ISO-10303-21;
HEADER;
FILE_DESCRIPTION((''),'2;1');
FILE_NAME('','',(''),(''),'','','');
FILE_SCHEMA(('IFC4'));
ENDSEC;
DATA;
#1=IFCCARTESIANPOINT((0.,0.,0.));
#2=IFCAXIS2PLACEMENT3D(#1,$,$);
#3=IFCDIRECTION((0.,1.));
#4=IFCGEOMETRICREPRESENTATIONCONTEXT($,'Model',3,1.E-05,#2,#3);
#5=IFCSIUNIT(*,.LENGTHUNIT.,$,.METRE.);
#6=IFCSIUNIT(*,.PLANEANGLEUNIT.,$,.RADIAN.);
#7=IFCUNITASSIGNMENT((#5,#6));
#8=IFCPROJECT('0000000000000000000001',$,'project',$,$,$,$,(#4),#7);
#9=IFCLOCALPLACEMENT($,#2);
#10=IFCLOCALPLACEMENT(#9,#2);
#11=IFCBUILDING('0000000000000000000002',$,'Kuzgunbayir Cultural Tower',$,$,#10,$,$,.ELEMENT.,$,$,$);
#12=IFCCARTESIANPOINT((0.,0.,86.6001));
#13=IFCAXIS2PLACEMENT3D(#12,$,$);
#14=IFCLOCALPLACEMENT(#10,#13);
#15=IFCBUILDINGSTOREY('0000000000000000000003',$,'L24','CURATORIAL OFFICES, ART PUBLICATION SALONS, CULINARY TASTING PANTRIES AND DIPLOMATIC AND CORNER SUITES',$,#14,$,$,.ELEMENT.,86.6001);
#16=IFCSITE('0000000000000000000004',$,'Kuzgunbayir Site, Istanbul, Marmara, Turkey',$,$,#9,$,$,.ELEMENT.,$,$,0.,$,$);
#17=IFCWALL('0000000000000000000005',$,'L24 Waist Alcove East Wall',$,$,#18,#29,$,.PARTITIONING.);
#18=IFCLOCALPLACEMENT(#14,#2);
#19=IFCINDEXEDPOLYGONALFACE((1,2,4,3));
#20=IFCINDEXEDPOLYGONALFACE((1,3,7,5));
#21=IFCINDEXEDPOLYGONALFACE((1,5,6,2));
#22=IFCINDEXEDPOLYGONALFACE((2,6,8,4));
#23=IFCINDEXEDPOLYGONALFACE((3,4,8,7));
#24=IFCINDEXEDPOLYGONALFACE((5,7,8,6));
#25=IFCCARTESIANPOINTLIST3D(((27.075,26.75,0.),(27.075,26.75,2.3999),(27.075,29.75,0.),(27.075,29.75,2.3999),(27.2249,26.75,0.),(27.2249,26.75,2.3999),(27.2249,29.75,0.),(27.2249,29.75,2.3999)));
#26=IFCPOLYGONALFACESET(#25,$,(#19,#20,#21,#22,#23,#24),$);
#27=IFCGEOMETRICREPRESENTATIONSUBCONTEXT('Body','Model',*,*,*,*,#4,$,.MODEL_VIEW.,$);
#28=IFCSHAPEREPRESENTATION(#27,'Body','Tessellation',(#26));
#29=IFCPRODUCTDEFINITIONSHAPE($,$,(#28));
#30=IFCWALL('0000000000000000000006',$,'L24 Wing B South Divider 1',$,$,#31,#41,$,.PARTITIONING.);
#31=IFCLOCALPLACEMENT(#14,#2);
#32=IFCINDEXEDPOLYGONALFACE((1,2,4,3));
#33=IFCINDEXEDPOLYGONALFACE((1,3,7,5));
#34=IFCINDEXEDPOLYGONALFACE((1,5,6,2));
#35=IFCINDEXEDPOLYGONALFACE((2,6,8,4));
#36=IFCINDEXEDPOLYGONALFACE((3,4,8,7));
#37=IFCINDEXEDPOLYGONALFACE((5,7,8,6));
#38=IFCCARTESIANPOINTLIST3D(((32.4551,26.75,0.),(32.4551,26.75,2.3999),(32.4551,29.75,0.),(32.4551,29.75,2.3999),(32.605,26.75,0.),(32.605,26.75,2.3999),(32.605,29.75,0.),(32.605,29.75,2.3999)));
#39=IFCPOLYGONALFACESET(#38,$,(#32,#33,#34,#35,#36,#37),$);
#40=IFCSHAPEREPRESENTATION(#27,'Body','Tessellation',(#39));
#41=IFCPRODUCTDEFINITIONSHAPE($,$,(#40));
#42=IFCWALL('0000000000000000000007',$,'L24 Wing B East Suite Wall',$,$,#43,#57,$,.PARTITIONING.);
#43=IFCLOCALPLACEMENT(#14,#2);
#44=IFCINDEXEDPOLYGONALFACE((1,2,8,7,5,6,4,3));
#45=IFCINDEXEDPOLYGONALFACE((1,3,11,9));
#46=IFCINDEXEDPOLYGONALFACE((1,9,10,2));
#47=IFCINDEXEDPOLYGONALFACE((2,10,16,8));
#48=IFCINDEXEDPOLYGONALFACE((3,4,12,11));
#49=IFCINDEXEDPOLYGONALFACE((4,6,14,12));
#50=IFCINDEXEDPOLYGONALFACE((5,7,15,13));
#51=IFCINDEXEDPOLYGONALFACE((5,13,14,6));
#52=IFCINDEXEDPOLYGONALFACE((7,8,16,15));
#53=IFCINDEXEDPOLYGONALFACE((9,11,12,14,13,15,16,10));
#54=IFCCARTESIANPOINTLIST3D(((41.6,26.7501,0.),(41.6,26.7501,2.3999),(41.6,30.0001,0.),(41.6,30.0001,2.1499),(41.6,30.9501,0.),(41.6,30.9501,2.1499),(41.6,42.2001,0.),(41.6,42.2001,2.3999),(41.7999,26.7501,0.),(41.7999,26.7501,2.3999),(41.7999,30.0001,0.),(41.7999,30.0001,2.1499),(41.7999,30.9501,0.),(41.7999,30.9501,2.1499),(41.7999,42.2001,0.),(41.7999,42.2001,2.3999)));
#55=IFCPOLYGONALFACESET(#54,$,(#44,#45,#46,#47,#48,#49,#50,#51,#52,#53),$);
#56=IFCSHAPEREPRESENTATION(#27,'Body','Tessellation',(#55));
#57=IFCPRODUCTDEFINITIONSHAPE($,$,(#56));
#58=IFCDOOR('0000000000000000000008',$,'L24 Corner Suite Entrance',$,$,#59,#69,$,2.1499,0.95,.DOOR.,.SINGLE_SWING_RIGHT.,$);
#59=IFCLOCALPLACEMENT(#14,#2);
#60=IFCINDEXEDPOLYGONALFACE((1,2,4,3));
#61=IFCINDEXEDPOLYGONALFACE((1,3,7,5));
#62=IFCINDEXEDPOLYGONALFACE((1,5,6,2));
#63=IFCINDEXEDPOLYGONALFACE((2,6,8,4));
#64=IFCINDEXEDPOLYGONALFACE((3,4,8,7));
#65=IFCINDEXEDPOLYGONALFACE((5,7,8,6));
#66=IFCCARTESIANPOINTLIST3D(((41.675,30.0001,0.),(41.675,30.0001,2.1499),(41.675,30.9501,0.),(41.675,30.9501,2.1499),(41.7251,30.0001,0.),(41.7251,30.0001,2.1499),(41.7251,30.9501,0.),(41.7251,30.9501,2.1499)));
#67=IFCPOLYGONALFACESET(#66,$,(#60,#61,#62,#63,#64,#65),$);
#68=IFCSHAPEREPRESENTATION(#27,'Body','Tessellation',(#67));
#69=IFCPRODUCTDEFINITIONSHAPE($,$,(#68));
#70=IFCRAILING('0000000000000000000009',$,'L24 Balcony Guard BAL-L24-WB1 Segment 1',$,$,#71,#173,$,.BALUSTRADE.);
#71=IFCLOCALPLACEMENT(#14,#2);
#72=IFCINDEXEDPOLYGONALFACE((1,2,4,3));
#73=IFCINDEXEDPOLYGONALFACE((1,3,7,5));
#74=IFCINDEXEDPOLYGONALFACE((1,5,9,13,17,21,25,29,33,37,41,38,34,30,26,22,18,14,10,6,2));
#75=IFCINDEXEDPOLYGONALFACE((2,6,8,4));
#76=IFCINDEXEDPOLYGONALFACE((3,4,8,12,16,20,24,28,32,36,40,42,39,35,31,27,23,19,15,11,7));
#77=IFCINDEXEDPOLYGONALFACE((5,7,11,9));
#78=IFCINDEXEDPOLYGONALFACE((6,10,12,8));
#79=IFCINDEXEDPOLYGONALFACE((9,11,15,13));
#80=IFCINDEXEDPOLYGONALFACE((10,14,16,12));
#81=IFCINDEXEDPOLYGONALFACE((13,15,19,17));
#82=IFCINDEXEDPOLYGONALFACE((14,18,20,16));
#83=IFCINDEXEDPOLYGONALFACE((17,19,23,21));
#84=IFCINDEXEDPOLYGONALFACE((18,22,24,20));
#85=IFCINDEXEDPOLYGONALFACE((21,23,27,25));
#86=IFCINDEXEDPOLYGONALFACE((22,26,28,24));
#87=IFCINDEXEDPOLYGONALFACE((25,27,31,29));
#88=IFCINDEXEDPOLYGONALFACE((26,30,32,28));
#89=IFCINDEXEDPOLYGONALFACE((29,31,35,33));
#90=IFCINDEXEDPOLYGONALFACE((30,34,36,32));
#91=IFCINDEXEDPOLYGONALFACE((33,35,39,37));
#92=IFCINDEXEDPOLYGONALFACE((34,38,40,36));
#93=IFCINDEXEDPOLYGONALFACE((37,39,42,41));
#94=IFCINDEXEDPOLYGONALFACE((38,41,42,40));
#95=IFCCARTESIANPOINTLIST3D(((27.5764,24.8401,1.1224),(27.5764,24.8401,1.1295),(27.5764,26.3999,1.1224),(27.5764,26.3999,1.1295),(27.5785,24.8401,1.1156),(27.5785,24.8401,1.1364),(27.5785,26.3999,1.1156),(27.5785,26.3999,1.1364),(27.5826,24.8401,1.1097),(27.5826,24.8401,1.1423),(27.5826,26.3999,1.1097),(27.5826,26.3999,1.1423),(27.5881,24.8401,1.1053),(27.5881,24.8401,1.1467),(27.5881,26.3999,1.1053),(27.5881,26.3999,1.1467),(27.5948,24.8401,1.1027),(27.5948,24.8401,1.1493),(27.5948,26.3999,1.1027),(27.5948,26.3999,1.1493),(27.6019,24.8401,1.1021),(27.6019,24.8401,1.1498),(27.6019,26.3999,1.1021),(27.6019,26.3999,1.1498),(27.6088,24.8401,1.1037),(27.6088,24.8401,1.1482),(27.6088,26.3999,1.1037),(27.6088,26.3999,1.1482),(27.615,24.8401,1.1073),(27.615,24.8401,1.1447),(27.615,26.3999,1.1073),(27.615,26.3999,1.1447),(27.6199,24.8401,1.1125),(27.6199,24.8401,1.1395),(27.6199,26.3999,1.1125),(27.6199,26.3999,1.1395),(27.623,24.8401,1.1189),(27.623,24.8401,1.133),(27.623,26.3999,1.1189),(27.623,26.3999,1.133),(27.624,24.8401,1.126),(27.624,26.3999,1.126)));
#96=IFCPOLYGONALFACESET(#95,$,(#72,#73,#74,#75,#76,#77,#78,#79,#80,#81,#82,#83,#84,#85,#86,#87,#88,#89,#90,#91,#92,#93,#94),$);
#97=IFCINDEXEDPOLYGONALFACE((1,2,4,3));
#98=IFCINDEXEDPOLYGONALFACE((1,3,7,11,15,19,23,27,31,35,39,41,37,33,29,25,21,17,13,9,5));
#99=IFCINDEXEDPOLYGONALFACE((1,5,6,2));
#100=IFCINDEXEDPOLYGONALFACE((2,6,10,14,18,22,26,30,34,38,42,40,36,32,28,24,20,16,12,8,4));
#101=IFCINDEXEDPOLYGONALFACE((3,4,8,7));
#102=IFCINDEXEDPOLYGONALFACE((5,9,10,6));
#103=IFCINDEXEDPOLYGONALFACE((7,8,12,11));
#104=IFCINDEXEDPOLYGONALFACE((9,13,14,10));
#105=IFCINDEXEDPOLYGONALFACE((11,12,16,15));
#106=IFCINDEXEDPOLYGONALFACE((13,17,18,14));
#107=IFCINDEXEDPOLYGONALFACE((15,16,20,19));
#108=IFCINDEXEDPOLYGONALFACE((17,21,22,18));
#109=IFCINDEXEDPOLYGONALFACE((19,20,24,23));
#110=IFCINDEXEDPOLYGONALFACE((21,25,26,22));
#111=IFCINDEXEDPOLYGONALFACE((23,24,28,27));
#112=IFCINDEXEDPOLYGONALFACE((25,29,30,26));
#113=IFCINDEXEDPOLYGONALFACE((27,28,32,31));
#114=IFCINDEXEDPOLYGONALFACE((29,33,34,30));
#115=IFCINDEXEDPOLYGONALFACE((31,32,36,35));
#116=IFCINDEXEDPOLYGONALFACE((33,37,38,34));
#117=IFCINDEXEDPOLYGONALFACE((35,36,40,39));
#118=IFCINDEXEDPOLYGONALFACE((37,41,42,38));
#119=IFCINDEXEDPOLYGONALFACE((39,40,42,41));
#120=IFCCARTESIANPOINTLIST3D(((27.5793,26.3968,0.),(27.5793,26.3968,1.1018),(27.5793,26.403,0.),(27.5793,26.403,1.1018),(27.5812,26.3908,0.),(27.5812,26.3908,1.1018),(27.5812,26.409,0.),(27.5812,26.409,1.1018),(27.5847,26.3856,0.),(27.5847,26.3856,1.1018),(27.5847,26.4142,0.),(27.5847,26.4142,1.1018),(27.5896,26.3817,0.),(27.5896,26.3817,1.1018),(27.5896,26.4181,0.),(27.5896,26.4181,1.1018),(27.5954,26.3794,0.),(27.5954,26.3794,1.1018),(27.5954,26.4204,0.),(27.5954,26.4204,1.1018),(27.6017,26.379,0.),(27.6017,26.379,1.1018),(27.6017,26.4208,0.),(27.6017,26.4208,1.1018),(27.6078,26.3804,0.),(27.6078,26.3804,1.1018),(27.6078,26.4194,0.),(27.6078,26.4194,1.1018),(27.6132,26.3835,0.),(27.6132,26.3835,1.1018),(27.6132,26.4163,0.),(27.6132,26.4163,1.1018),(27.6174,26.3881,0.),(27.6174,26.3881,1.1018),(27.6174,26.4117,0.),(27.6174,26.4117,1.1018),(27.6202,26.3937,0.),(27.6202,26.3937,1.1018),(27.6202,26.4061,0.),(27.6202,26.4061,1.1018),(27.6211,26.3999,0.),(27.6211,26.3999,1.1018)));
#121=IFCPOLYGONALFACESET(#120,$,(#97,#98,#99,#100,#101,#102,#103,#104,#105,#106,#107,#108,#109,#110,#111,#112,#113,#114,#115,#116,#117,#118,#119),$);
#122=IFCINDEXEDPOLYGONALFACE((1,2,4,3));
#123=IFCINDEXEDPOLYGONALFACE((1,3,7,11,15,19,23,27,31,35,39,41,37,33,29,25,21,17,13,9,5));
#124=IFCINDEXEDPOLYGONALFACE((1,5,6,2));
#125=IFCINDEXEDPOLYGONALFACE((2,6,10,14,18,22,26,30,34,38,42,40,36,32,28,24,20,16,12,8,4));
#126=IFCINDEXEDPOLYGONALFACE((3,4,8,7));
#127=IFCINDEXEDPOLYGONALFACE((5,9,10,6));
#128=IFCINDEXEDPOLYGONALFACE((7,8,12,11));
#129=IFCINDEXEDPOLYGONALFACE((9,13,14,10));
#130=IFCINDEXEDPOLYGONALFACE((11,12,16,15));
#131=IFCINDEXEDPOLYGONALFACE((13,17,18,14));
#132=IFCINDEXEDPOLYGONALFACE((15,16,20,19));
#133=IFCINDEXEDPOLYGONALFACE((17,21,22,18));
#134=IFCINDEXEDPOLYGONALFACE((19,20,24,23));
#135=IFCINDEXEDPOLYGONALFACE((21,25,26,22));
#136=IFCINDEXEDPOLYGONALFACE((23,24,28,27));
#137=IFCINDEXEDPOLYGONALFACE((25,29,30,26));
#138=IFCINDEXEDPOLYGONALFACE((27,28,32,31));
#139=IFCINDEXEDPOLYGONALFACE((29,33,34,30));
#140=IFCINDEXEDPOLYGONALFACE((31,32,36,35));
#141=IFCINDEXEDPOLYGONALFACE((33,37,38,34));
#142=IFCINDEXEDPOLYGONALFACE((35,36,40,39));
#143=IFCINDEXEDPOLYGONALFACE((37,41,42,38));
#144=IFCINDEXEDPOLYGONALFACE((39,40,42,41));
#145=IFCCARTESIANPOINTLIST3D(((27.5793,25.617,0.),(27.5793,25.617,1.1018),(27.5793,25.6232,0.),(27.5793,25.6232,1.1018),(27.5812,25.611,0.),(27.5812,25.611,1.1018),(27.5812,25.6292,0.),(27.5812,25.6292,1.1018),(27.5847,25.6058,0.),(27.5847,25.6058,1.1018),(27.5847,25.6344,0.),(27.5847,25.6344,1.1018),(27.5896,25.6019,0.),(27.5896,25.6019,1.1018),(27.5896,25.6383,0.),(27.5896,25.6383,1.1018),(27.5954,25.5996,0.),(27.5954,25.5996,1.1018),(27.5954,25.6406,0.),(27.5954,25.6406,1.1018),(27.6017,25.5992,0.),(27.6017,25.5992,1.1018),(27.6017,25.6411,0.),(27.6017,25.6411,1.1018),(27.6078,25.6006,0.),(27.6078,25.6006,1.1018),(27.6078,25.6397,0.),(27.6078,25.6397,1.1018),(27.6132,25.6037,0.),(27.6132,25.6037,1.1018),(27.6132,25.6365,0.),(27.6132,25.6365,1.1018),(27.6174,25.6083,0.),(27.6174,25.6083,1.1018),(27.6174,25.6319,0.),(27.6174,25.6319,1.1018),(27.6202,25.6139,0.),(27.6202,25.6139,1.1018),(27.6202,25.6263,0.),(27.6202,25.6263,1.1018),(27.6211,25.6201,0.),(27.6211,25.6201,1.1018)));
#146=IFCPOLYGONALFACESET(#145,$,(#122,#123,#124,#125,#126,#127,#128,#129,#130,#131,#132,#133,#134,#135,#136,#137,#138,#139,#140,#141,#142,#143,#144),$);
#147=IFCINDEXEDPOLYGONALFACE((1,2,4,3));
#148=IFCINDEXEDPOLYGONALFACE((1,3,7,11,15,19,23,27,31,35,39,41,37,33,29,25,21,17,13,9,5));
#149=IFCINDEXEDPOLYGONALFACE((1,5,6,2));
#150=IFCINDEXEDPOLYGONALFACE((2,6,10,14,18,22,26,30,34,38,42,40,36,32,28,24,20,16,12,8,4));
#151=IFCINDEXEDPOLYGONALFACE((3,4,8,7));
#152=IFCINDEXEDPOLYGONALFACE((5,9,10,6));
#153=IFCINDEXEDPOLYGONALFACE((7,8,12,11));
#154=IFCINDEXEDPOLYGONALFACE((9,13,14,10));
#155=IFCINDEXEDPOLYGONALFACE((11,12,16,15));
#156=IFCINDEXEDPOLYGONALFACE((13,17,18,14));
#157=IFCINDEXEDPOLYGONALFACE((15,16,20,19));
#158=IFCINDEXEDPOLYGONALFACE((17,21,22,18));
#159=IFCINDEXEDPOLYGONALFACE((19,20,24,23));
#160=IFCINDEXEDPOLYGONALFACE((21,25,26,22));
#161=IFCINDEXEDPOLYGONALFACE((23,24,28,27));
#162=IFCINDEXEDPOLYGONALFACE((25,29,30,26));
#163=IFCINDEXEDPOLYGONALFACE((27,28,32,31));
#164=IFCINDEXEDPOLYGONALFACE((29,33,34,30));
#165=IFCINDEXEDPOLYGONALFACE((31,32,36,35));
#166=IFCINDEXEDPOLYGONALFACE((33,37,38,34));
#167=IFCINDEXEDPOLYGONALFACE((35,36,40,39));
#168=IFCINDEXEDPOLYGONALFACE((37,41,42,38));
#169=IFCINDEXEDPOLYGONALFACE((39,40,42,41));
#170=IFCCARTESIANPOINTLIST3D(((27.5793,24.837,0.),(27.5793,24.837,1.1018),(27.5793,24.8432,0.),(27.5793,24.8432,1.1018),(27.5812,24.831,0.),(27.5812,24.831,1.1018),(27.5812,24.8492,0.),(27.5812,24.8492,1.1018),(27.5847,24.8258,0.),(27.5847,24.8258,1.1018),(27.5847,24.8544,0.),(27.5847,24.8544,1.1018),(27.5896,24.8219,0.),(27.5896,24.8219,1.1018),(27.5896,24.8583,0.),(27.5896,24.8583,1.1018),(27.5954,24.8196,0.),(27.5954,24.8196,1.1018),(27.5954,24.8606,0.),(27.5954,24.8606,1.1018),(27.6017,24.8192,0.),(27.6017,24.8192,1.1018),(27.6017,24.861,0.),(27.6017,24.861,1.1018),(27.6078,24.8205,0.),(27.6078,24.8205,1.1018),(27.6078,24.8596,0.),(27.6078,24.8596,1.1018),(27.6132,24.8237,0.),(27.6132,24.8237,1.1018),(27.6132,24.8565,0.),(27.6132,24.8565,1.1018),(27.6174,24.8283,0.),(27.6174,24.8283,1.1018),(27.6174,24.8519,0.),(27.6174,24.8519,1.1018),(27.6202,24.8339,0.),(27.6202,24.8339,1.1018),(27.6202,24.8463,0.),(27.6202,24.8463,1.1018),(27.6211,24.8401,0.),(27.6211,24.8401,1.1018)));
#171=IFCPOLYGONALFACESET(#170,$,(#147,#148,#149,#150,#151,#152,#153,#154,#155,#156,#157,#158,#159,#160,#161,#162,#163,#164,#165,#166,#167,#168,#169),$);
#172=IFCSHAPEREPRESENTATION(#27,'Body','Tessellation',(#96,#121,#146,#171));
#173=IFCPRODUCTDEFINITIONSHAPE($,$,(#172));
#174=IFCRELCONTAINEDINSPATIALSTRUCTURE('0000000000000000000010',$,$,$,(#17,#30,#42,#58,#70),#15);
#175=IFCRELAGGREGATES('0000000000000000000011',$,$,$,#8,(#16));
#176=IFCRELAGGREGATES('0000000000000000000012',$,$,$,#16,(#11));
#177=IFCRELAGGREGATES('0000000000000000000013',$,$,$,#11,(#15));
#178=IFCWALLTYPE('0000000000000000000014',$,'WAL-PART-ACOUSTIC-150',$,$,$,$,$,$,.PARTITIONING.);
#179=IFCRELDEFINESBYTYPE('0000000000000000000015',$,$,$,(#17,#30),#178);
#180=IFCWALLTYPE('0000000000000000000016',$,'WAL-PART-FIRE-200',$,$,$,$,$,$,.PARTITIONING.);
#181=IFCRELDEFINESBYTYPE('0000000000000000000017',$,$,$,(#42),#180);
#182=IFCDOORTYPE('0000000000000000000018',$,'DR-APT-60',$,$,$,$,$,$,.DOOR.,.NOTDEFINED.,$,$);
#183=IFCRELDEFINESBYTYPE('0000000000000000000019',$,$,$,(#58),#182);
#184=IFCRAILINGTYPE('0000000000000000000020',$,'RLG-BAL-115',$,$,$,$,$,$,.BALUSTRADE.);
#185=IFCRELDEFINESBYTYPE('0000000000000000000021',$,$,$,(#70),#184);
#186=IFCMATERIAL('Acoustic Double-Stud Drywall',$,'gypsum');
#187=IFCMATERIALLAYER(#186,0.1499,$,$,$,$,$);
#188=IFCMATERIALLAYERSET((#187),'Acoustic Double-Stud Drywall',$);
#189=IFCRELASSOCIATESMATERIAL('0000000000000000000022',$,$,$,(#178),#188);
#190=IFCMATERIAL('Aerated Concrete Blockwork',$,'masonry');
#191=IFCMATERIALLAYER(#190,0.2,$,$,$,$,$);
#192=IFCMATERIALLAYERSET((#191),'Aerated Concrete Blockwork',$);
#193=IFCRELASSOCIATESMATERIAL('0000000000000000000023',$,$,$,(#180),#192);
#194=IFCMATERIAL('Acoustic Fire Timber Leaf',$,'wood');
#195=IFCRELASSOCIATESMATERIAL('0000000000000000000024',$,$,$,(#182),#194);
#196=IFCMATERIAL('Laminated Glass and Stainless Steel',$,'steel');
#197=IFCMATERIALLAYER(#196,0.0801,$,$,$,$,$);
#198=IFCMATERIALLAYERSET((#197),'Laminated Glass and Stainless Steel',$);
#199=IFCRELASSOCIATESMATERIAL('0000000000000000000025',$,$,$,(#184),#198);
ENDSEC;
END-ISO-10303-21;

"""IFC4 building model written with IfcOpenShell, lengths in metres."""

from ifc_helpers import new_model, si_unit, direction, frame, frame_2d, origin, origin_2d, place, context, subcontext, project, spatial, rectangle, circle, extrude, material, layer, layer_set, type_object, element, fill, save


model = new_model("IFC4")

# Units and contexts
model_context = context("Model", 3, precision=1e-05, world=origin(), true_north=direction((0.0, 1.0)))
body_context = subcontext(model_context, "Body", "Model", "MODEL_VIEW")
ifc_project = project(units=[si_unit("LENGTHUNIT", "METRE"), si_unit("PLANEANGLEUNIT", "RADIAN")], contexts=[model_context])

# Site, building, storey
site_placement = place(None, origin())
site = spatial("IfcSite", under=ifc_project, at=site_placement, Name="Kuzgunbayir Site, Istanbul, Marmara, Turkey", CompositionType="ELEMENT", RefElevation=0.0)
building_placement = place(site_placement, origin())
building = spatial("IfcBuilding", under=site, at=building_placement, Name="Kuzgunbayir Cultural Tower", CompositionType="ELEMENT")
storey_placement = place(building_placement, frame((0.0, 0.0, 86.6001)))
storey = spatial("IfcBuildingStorey", under=building, at=storey_placement, Name="L24", Description="CURATORIAL OFFICES, ART PUBLICATION SALONS, CULINARY TASTING PANTRIES AND DIPLOMATIC AND CORNER SUITES", CompositionType="ELEMENT", Elevation=86.6001)

# Walls
ifc_material_1 = material(Name="Acoustic Double-Stud Drywall", Category="gypsum")
ifc_layer_1 = layer(ifc_material_1, 0.1499)
ifc_layer_set_1 = layer_set([ifc_layer_1], Name="Acoustic Double-Stud Drywall")
wall_type_1 = type_object("IfcWallType", Name="WAL-PART-ACOUSTIC-150", PredefinedType="PARTITIONING", material=ifc_layer_set_1)
for number, where, z_axis, x_axis, name in (
    (1, (27.1499, 26.75, 0.0), (0.0, 0.0, 1.0), (0.0, 1.0, 0.0), "L24 Waist Alcove East Wall"),
    (2, (32.53, 26.75, 0.0), (0.0, 0.0, 1.0), (0.0, 1.0, 0.0), "L24 Wing B South Divider 1"),
):
    element("IfcWall", number, at=place(storey_placement, frame(where, z_axis=z_axis, x_axis=x_axis)), inside=storey, type_object=wall_type_1, Name=name, PredefinedType="PARTITIONING", context=body_context, shape_type="SweptSolid", body=[
        extrude(rectangle(XDim=3.0, YDim=0.1499, at=frame_2d((1.5, 0.0))), origin(), (0.0, 0.0, 1.0), 2.3999),
    ])

# Wall, opening, door
ifc_material_2 = material(Name="Aerated Concrete Blockwork", Category="masonry")
ifc_layer_2 = layer(ifc_material_2, 0.2)
ifc_layer_set_2 = layer_set([ifc_layer_2], Name="Aerated Concrete Blockwork")
wall_type_2 = type_object("IfcWallType", Name="WAL-PART-FIRE-200", PredefinedType="PARTITIONING", material=ifc_layer_set_2)
wall_placement = place(storey_placement, frame((41.7, 26.75, 0.0), z_axis=(0.0, 0.0, 1.0), x_axis=(0.0, 1.0, 0.0)))
wall = element("IfcWall", 3, at=wall_placement, inside=storey, type_object=wall_type_2, Name="L24 Wing B East Suite Wall", PredefinedType="PARTITIONING", context=body_context, shape_type="SweptSolid", body=[
    extrude(rectangle(XDim=15.45, YDim=0.2, at=frame_2d((7.7251, 0.0))), origin(), (0.0, 0.0, 1.0), 2.3999),
])
opening_placement = place(wall_placement, frame((3.25, 0.0, 0.0)))
opening = element("IfcOpeningElement", 4, at=opening_placement, cuts=wall, PredefinedType="OPENING", context=body_context, shape_type="SweptSolid", body=[
    extrude(rectangle(XDim=0.95, YDim=2.1499, at=frame_2d((0.4751, 1.075))), frame((0.0, 0.1099, 0.0), z_axis=(0.0, -1.0, 0.0), x_axis=(1.0, 0.0, 0.0)), (0.0, 0.0, 1.0), 0.22),
])
ifc_material_3 = material(Name="Acoustic Fire Timber Leaf", Category="wood")
door_type = type_object("IfcDoorType", Name="DR-APT-60", OperationType="NOTDEFINED", PredefinedType="DOOR", material=ifc_material_3)
door_placement = place(opening_placement, origin())
door = element("IfcDoor", 5, at=door_placement, inside=storey, type_object=door_type, Name="L24 Corner Suite Entrance", OperationType="SINGLE_SWING_RIGHT", OverallHeight=2.1499, OverallWidth=0.95, PredefinedType="DOOR", context=body_context, shape_type="SweptSolid", body=[
    extrude(rectangle(XDim=0.95, YDim=2.1499, at=frame_2d((0.4751, 1.075))), frame((0.0, 0.0249, 0.0), z_axis=(0.0, -1.0, 0.0), x_axis=(1.0, 0.0, 0.0)), (0.0, 0.0, 1.0), 0.05),
])
fill(opening, door)

# Railing
ifc_material_4 = material(Name="Laminated Glass and Stainless Steel", Category="steel")
ifc_layer_3 = layer(ifc_material_4, 0.0801)
ifc_layer_set_3 = layer_set([ifc_layer_3], Name="Laminated Glass and Stainless Steel")
railing_type = type_object("IfcRailingType", Name="RLG-BAL-115", PredefinedType="BALUSTRADE", material=ifc_layer_set_3)
railing_1_placement = place(storey_placement, frame((27.6001, 26.3999, 0.0)))
element("IfcRailing", 6, at=railing_1_placement, inside=storey, type_object=railing_type, Name="L24 Balcony Guard BAL-L24-WB1 Segment 1", PredefinedType="BALUSTRADE", context=body_context, shape_type="SweptSolid", body=[
    extrude(circle(Radius=0.0239, at=origin_2d()), frame((0.0, 0.0, 1.126), z_axis=(0.0, -1.0, 0.0), x_axis=(1.0, 0.0, 0.0)), (0.0, 0.0, 1.0), 1.5598),
    extrude(circle(Radius=0.021, at=origin_2d()), origin(), (0.0, 0.0, 1.0), 1.1018),
    extrude(circle(Radius=0.021, at=origin_2d()), frame((0.0, -0.7798, 0.0)), (0.0, 0.0, 1.0), 1.1018),
    extrude(circle(Radius=0.021, at=origin_2d()), frame((0.0, -1.5598, 0.0)), (0.0, 0.0, 1.0), 1.1018),
])

save(model, "model.ifc")
